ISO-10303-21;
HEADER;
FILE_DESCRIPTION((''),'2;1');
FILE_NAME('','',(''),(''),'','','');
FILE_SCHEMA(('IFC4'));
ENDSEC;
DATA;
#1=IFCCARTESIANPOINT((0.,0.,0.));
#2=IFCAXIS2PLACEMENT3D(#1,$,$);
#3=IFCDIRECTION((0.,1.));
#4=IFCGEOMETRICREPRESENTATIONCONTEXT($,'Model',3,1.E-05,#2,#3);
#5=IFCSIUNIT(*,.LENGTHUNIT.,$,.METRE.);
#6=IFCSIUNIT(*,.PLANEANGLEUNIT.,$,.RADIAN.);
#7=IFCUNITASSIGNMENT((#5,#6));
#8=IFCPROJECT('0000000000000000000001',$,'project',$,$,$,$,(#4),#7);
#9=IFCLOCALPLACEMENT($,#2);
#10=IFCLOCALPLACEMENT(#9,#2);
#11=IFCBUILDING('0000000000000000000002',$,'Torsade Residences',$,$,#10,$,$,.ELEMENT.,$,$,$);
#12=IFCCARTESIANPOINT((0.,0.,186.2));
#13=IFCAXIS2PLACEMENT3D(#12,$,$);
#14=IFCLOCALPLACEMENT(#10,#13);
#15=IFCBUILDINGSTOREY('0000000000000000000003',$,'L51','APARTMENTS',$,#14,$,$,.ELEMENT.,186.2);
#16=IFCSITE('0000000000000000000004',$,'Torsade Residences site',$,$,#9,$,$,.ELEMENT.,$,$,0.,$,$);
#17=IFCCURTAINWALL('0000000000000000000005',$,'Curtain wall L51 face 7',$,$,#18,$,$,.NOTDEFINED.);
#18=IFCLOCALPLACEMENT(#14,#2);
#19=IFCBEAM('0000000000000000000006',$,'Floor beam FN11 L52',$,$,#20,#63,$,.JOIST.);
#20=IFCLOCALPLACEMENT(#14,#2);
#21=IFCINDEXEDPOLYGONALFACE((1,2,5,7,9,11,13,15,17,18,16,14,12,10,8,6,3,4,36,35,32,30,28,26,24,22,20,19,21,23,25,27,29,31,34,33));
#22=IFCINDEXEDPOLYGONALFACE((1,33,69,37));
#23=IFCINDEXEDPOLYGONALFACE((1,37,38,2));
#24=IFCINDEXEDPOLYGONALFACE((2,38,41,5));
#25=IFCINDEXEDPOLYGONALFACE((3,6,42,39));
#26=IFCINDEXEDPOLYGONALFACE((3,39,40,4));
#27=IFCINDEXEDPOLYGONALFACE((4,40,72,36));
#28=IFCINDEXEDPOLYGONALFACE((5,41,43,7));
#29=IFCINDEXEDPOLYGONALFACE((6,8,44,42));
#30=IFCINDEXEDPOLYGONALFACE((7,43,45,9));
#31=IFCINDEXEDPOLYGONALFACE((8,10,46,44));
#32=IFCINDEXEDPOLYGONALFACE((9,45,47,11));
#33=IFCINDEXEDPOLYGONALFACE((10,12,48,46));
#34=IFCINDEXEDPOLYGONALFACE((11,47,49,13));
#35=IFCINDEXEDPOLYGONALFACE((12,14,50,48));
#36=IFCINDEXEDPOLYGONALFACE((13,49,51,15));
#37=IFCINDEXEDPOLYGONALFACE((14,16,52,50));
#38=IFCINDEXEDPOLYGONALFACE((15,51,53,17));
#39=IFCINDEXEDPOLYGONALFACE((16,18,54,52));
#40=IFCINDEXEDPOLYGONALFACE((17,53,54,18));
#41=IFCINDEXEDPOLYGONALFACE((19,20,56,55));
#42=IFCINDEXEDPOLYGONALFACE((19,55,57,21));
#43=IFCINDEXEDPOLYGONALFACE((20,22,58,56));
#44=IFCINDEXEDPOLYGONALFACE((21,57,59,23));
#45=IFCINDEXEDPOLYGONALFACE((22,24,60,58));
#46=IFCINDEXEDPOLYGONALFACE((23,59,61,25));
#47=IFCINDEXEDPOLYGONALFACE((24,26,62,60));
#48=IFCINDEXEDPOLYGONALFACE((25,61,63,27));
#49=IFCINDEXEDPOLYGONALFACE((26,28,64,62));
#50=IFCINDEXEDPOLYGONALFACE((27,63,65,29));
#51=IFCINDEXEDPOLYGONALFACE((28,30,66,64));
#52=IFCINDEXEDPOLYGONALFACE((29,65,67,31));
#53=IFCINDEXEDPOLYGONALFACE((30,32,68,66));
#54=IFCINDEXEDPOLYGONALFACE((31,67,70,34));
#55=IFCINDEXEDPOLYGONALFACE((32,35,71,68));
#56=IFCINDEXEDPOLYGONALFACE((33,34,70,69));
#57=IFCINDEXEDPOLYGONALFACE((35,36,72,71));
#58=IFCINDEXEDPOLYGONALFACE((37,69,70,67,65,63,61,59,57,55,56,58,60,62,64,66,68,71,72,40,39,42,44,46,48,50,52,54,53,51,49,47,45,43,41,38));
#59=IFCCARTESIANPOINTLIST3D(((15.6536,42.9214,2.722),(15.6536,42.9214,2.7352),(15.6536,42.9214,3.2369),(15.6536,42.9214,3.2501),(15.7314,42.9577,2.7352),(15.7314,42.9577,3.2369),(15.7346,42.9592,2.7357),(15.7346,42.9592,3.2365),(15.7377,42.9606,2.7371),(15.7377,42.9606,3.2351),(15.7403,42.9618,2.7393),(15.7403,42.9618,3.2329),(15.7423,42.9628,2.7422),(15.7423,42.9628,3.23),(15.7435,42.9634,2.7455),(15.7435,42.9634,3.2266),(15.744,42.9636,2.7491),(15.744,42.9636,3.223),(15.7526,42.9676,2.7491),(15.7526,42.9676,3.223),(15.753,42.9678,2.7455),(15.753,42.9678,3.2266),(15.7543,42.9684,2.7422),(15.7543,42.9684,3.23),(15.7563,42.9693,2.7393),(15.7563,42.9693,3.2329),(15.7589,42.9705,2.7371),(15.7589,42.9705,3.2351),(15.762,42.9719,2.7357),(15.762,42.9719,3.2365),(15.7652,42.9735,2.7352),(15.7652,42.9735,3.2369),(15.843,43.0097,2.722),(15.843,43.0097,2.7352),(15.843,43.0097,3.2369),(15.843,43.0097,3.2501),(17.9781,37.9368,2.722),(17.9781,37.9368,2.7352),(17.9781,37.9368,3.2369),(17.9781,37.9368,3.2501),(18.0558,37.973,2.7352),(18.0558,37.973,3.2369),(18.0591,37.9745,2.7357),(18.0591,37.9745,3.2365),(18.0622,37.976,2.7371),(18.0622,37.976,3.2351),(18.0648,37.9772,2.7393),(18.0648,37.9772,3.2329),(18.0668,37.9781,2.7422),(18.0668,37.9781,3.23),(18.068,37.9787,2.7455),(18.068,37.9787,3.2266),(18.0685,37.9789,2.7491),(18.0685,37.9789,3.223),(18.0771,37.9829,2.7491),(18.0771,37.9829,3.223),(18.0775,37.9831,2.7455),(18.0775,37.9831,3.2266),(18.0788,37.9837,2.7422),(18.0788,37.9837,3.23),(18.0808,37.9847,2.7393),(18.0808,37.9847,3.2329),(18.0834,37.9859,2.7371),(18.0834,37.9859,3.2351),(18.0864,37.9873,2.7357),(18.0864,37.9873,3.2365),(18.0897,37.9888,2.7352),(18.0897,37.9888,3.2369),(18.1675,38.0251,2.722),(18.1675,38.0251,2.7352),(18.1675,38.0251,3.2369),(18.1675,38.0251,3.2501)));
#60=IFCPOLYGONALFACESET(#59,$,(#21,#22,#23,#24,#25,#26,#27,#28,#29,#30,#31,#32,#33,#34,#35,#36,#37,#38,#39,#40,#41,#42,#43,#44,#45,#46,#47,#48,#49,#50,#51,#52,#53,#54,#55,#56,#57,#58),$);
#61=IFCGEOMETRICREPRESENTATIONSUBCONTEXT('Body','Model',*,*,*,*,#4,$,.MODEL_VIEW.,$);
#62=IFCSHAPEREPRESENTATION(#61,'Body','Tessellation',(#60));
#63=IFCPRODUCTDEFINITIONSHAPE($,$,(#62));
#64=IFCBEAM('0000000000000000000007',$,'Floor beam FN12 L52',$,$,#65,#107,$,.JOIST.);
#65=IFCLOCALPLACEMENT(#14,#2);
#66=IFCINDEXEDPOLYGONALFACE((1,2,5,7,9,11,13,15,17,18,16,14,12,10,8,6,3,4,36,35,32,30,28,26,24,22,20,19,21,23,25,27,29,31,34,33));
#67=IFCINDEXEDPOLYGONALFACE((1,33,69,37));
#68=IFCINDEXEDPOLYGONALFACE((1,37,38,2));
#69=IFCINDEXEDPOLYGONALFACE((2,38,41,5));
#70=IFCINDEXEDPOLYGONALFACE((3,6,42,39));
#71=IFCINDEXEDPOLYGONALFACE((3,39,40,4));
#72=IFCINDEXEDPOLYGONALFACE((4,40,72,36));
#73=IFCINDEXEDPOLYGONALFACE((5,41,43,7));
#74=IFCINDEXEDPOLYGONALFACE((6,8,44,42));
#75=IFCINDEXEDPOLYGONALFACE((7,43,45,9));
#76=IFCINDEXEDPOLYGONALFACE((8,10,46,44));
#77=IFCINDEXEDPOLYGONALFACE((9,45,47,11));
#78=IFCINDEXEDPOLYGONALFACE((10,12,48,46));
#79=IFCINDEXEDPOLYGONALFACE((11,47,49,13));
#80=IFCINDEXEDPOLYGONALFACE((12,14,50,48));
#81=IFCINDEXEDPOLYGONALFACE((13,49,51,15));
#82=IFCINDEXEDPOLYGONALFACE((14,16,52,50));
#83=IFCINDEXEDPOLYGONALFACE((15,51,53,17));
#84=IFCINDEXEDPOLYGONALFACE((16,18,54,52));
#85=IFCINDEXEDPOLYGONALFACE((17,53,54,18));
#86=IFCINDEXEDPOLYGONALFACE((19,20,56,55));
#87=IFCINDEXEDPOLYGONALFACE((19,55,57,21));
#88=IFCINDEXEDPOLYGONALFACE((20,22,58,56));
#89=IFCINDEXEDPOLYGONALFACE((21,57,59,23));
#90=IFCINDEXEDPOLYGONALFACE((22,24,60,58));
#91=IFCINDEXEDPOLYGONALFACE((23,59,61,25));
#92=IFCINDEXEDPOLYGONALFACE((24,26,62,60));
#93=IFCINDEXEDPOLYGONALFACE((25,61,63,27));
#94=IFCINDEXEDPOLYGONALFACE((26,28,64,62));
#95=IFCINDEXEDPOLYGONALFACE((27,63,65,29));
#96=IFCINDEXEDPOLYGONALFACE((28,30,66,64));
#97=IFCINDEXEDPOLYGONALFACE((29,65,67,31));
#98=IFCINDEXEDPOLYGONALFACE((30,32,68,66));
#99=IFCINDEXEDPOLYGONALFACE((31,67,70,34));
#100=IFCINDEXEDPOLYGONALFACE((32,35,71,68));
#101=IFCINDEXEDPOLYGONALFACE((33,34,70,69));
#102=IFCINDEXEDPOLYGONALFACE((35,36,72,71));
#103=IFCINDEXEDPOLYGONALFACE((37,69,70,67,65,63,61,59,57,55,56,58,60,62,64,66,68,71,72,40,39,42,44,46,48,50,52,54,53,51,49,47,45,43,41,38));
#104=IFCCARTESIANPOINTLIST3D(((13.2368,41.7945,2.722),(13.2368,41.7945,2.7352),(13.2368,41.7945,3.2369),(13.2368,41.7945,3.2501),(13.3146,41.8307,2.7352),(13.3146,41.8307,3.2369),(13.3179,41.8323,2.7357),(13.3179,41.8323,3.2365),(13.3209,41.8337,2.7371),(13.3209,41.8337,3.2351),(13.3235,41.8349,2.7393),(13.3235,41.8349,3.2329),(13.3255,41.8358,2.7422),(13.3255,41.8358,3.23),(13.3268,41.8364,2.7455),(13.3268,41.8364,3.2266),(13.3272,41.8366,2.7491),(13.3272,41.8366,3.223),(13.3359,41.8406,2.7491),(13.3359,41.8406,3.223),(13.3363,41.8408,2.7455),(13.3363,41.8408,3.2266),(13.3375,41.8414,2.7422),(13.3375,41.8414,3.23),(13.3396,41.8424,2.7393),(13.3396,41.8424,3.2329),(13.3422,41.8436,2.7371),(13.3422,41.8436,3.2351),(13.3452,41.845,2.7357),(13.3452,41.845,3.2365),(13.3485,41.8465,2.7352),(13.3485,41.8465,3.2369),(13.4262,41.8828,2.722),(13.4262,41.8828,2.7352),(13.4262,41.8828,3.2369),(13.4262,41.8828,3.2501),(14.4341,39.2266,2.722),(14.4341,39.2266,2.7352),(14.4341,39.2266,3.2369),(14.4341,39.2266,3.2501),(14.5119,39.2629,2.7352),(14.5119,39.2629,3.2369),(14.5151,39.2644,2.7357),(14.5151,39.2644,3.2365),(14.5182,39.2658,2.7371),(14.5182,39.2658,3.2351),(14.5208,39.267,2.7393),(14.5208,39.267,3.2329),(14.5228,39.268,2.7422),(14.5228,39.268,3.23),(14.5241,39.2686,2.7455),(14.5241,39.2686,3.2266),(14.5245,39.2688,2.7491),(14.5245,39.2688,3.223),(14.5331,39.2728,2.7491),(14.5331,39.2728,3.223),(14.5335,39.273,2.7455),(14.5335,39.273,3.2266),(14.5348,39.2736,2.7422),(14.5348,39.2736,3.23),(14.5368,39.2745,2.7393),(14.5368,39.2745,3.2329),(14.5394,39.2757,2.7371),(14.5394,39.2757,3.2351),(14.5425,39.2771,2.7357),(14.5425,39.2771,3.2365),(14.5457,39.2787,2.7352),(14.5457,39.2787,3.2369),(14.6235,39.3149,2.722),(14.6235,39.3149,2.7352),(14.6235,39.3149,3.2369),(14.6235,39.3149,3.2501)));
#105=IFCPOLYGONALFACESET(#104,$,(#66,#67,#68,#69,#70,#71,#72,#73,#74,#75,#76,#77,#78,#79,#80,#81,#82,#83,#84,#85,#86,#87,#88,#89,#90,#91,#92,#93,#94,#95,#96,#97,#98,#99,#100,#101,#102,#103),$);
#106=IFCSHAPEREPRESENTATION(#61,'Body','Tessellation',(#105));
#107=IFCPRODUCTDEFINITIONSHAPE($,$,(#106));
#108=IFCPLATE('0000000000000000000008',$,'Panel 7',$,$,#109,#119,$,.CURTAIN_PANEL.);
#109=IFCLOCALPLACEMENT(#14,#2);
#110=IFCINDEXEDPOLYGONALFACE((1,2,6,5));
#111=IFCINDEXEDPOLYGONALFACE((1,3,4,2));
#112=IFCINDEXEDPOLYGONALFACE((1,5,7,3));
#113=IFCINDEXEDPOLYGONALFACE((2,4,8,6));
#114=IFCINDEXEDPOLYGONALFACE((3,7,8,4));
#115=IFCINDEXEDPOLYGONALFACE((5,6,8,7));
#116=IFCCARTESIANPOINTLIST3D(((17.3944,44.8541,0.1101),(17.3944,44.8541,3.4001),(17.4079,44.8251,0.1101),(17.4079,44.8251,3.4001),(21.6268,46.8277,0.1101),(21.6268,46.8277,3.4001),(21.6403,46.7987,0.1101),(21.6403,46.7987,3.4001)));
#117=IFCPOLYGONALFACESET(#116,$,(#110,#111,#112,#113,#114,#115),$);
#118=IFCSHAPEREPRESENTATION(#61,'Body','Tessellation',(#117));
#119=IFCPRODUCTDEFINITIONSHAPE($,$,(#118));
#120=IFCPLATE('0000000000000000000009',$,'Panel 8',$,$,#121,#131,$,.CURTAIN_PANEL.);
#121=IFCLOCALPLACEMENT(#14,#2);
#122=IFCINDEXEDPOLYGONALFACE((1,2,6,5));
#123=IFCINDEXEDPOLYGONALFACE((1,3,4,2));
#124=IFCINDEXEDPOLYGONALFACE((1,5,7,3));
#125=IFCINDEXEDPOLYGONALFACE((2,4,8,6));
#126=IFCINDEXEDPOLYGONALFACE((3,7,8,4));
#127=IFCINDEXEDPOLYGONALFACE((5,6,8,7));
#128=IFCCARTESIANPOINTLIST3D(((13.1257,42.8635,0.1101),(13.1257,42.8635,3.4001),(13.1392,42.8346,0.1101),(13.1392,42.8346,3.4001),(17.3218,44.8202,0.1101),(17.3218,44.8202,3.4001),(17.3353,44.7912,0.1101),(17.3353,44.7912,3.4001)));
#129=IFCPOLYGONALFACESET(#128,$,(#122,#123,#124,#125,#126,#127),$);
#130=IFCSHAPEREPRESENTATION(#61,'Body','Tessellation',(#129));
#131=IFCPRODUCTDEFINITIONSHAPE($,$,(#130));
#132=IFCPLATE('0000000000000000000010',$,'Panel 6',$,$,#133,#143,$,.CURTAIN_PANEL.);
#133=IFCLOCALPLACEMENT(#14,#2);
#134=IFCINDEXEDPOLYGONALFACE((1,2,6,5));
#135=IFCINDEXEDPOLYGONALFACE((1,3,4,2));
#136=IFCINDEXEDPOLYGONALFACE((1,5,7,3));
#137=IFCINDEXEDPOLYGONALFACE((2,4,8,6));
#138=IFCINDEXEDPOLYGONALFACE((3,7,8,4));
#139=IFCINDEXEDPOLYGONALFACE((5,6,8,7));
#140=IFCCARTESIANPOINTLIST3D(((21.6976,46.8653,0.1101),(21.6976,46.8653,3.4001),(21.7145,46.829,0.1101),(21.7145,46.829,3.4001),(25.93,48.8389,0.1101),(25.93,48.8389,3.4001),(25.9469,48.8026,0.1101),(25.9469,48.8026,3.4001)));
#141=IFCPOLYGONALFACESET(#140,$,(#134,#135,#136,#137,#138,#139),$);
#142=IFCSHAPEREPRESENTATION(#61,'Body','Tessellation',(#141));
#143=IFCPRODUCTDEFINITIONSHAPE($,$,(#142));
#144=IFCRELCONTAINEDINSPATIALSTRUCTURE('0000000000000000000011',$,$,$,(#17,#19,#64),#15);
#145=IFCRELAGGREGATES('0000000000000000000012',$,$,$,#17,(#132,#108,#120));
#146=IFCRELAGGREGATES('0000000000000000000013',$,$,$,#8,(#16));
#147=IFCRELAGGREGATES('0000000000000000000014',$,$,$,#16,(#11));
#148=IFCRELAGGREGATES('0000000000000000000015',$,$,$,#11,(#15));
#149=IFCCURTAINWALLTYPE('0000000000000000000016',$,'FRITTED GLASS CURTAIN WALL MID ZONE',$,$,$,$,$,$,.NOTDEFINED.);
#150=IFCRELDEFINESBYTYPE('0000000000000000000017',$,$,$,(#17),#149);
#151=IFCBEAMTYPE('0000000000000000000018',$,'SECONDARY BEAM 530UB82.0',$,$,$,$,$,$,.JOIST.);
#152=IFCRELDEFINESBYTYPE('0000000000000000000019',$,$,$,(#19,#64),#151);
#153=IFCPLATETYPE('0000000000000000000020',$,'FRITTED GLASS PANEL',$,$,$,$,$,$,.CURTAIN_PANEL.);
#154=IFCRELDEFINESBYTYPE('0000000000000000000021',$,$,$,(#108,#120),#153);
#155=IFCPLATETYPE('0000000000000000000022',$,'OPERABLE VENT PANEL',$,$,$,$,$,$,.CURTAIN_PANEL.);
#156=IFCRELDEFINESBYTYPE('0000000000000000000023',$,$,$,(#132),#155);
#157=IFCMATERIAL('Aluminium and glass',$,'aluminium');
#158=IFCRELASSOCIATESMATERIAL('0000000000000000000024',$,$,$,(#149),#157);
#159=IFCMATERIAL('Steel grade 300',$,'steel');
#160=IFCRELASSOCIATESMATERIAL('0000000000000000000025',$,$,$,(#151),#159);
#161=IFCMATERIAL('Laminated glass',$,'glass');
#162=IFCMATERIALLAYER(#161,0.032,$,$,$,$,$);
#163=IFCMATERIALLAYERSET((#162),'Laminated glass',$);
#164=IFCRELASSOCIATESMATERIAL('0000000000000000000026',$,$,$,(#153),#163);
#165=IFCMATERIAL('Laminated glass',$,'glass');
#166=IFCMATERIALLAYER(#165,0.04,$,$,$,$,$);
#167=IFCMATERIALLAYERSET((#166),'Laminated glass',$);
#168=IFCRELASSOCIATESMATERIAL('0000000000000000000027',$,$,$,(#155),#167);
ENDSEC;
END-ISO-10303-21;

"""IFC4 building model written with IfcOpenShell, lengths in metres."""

from ifc_helpers import new_model, si_unit, direction, frame, origin, origin_2d, place, context, subcontext, project, spatial, rectangle, i_section, extrude, material, layer, layer_set, material_profile, profile_set, type_object, element, aggregate, save


model = new_model("IFC4")

# Units and contexts
model_context = context("Model", 3, precision=1e-05, world=origin(), true_north=direction((0.0, 1.0)))
body_context = subcontext(model_context, "Body", "Model", "MODEL_VIEW")
ifc_project = project(units=[si_unit("LENGTHUNIT", "METRE"), si_unit("PLANEANGLEUNIT", "RADIAN")], contexts=[model_context])

# Site, building, storey
site_placement = place(None, origin())
site = spatial("IfcSite", under=ifc_project, at=site_placement, Name="Torsade Residences site", CompositionType="ELEMENT", RefElevation=0.0)
building_placement = place(site_placement, origin())
building = spatial("IfcBuilding", under=site, at=building_placement, Name="Torsade Residences", CompositionType="ELEMENT")
storey_placement = place(building_placement, frame((0.0, 0.0, 186.2)))
storey = spatial("IfcBuildingStorey", under=building, at=storey_placement, Name="L51", Description="APARTMENTS", CompositionType="ELEMENT", Elevation=186.2)

# Curtain wall
ifc_material_1 = material(Name="Aluminium and glass", Category="aluminium")
curtain_wall_type = type_object("IfcCurtainWallType", Name="FRITTED GLASS CURTAIN WALL MID ZONE", PredefinedType="NOTDEFINED", material=ifc_material_1)
curtain_wall_placement = place(storey_placement, origin())
curtain_wall = element("IfcCurtainWall", 1, at=curtain_wall_placement, inside=storey, type_object=curtain_wall_type, Name="Curtain wall L51 face 7", PredefinedType="NOTDEFINED")

# Beams
ifc_material_2 = material(Name="Steel grade 300", Category="steel")
ifc_material_profile_1 = material_profile(ifc_material_2, i_section(OverallWidth=0.209, OverallDepth=0.5281, WebThickness=0.0095, FlangeThickness=0.0132, FilletRadius=0.0139, at=origin_2d()), Name="530UB82.0")
ifc_profile_set_1 = profile_set([ifc_material_profile_1], Name="Steel grade 300")
beam_type_1 = type_object("IfcBeamType", Name="SECONDARY BEAM 530UB82.0", PredefinedType="JOIST", material=ifc_profile_set_1)
beam_1_placement = place(storey_placement, frame((15.7483, 42.9656, 2.9861), z_axis=(0.422633, -0.906301, 0.0), x_axis=(0.906301, 0.422633, 0.0)))
element("IfcBeam", 2, at=beam_1_placement, inside=storey, type_object=beam_type_1, Name="Floor beam FN11 L52", PredefinedType="JOIST", context=body_context, shape_type="SweptSolid", body=[
    extrude(i_section(OverallWidth=0.209, OverallDepth=0.5281, WebThickness=0.0095, FlangeThickness=0.0132, FilletRadius=0.0139, at=origin_2d()), origin(), (0.0, 0.0, 1.0), 5.5),
])
beam_2_placement = place(storey_placement, frame((13.3315, 41.8386, 2.9861), z_axis=(0.422574, -0.906328, 0.0), x_axis=(0.906328, 0.422574, 0.0)))
element("IfcBeam", 3, at=beam_2_placement, inside=storey, type_object=beam_type_1, Name="Floor beam FN12 L52", PredefinedType="JOIST", context=body_context, shape_type="SweptSolid", body=[
    extrude(i_section(OverallWidth=0.209, OverallDepth=0.5281, WebThickness=0.0095, FlangeThickness=0.0132, FilletRadius=0.0139, at=origin_2d()), origin(), (0.0, 0.0, 1.0), 2.8333),
])

# Plates
ifc_material_3 = material(Name="Laminated glass", Category="glass")
ifc_layer_1 = layer(ifc_material_3, 0.032)
ifc_layer_set_1 = layer_set([ifc_layer_1], Name="Laminated glass")
plate_type_1 = type_object("IfcPlateType", Name="FRITTED GLASS PANEL", PredefinedType="CURTAIN_PANEL", material=ifc_layer_set_1)
plate_1_placement = place(storey_placement, frame((19.5173, 45.8264, 0.1101), z_axis=(0.0, 0.0, 1.0), x_axis=(-0.906308, -0.422618, 0.0)))
plate_1 = element("IfcPlate", 4, at=plate_1_placement, type_object=plate_type_1, Name="Panel 7", PredefinedType="CURTAIN_PANEL", context=body_context, shape_type="SweptSolid", body=[
    extrude(rectangle(XDim=4.6699, YDim=0.032, at=origin_2d()), origin(), (0.0, 0.0, 1.0), 3.29),
])
plate_2_placement = place(storey_placement, frame((15.2305, 43.8274, 0.1101), z_axis=(0.0, 0.0, 1.0), x_axis=(-0.906308, -0.422618, 0.0)))
plate_2 = element("IfcPlate", 5, at=plate_2_placement, type_object=plate_type_1, Name="Panel 8", PredefinedType="CURTAIN_PANEL", context=body_context, shape_type="SweptSolid", body=[
    extrude(rectangle(XDim=4.6299, YDim=0.032, at=origin_2d()), origin(), (0.0, 0.0, 1.0), 3.29),
])
ifc_material_4 = material(Name="Laminated glass", Category="glass")
ifc_layer_2 = layer(ifc_material_4, 0.04)
ifc_layer_set_2 = layer_set([ifc_layer_2], Name="Laminated glass")
plate_type_2 = type_object("IfcPlateType", Name="OPERABLE VENT PANEL", PredefinedType="CURTAIN_PANEL", material=ifc_layer_set_2)
plate_3_placement = place(storey_placement, frame((23.8223, 47.834, 0.1101), z_axis=(0.0, 0.0, 1.0), x_axis=(-0.906308, -0.422618, 0.0)))
plate_3 = element("IfcPlate", 6, at=plate_3_placement, type_object=plate_type_2, Name="Panel 6", PredefinedType="CURTAIN_PANEL", context=body_context, shape_type="SweptSolid", body=[
    extrude(rectangle(XDim=4.6699, YDim=0.04, at=origin_2d()), origin(), (0.0, 0.0, 1.0), 3.29),
])
aggregate(curtain_wall, [plate_3, plate_1, plate_2])

save(model, "model.ifc")
